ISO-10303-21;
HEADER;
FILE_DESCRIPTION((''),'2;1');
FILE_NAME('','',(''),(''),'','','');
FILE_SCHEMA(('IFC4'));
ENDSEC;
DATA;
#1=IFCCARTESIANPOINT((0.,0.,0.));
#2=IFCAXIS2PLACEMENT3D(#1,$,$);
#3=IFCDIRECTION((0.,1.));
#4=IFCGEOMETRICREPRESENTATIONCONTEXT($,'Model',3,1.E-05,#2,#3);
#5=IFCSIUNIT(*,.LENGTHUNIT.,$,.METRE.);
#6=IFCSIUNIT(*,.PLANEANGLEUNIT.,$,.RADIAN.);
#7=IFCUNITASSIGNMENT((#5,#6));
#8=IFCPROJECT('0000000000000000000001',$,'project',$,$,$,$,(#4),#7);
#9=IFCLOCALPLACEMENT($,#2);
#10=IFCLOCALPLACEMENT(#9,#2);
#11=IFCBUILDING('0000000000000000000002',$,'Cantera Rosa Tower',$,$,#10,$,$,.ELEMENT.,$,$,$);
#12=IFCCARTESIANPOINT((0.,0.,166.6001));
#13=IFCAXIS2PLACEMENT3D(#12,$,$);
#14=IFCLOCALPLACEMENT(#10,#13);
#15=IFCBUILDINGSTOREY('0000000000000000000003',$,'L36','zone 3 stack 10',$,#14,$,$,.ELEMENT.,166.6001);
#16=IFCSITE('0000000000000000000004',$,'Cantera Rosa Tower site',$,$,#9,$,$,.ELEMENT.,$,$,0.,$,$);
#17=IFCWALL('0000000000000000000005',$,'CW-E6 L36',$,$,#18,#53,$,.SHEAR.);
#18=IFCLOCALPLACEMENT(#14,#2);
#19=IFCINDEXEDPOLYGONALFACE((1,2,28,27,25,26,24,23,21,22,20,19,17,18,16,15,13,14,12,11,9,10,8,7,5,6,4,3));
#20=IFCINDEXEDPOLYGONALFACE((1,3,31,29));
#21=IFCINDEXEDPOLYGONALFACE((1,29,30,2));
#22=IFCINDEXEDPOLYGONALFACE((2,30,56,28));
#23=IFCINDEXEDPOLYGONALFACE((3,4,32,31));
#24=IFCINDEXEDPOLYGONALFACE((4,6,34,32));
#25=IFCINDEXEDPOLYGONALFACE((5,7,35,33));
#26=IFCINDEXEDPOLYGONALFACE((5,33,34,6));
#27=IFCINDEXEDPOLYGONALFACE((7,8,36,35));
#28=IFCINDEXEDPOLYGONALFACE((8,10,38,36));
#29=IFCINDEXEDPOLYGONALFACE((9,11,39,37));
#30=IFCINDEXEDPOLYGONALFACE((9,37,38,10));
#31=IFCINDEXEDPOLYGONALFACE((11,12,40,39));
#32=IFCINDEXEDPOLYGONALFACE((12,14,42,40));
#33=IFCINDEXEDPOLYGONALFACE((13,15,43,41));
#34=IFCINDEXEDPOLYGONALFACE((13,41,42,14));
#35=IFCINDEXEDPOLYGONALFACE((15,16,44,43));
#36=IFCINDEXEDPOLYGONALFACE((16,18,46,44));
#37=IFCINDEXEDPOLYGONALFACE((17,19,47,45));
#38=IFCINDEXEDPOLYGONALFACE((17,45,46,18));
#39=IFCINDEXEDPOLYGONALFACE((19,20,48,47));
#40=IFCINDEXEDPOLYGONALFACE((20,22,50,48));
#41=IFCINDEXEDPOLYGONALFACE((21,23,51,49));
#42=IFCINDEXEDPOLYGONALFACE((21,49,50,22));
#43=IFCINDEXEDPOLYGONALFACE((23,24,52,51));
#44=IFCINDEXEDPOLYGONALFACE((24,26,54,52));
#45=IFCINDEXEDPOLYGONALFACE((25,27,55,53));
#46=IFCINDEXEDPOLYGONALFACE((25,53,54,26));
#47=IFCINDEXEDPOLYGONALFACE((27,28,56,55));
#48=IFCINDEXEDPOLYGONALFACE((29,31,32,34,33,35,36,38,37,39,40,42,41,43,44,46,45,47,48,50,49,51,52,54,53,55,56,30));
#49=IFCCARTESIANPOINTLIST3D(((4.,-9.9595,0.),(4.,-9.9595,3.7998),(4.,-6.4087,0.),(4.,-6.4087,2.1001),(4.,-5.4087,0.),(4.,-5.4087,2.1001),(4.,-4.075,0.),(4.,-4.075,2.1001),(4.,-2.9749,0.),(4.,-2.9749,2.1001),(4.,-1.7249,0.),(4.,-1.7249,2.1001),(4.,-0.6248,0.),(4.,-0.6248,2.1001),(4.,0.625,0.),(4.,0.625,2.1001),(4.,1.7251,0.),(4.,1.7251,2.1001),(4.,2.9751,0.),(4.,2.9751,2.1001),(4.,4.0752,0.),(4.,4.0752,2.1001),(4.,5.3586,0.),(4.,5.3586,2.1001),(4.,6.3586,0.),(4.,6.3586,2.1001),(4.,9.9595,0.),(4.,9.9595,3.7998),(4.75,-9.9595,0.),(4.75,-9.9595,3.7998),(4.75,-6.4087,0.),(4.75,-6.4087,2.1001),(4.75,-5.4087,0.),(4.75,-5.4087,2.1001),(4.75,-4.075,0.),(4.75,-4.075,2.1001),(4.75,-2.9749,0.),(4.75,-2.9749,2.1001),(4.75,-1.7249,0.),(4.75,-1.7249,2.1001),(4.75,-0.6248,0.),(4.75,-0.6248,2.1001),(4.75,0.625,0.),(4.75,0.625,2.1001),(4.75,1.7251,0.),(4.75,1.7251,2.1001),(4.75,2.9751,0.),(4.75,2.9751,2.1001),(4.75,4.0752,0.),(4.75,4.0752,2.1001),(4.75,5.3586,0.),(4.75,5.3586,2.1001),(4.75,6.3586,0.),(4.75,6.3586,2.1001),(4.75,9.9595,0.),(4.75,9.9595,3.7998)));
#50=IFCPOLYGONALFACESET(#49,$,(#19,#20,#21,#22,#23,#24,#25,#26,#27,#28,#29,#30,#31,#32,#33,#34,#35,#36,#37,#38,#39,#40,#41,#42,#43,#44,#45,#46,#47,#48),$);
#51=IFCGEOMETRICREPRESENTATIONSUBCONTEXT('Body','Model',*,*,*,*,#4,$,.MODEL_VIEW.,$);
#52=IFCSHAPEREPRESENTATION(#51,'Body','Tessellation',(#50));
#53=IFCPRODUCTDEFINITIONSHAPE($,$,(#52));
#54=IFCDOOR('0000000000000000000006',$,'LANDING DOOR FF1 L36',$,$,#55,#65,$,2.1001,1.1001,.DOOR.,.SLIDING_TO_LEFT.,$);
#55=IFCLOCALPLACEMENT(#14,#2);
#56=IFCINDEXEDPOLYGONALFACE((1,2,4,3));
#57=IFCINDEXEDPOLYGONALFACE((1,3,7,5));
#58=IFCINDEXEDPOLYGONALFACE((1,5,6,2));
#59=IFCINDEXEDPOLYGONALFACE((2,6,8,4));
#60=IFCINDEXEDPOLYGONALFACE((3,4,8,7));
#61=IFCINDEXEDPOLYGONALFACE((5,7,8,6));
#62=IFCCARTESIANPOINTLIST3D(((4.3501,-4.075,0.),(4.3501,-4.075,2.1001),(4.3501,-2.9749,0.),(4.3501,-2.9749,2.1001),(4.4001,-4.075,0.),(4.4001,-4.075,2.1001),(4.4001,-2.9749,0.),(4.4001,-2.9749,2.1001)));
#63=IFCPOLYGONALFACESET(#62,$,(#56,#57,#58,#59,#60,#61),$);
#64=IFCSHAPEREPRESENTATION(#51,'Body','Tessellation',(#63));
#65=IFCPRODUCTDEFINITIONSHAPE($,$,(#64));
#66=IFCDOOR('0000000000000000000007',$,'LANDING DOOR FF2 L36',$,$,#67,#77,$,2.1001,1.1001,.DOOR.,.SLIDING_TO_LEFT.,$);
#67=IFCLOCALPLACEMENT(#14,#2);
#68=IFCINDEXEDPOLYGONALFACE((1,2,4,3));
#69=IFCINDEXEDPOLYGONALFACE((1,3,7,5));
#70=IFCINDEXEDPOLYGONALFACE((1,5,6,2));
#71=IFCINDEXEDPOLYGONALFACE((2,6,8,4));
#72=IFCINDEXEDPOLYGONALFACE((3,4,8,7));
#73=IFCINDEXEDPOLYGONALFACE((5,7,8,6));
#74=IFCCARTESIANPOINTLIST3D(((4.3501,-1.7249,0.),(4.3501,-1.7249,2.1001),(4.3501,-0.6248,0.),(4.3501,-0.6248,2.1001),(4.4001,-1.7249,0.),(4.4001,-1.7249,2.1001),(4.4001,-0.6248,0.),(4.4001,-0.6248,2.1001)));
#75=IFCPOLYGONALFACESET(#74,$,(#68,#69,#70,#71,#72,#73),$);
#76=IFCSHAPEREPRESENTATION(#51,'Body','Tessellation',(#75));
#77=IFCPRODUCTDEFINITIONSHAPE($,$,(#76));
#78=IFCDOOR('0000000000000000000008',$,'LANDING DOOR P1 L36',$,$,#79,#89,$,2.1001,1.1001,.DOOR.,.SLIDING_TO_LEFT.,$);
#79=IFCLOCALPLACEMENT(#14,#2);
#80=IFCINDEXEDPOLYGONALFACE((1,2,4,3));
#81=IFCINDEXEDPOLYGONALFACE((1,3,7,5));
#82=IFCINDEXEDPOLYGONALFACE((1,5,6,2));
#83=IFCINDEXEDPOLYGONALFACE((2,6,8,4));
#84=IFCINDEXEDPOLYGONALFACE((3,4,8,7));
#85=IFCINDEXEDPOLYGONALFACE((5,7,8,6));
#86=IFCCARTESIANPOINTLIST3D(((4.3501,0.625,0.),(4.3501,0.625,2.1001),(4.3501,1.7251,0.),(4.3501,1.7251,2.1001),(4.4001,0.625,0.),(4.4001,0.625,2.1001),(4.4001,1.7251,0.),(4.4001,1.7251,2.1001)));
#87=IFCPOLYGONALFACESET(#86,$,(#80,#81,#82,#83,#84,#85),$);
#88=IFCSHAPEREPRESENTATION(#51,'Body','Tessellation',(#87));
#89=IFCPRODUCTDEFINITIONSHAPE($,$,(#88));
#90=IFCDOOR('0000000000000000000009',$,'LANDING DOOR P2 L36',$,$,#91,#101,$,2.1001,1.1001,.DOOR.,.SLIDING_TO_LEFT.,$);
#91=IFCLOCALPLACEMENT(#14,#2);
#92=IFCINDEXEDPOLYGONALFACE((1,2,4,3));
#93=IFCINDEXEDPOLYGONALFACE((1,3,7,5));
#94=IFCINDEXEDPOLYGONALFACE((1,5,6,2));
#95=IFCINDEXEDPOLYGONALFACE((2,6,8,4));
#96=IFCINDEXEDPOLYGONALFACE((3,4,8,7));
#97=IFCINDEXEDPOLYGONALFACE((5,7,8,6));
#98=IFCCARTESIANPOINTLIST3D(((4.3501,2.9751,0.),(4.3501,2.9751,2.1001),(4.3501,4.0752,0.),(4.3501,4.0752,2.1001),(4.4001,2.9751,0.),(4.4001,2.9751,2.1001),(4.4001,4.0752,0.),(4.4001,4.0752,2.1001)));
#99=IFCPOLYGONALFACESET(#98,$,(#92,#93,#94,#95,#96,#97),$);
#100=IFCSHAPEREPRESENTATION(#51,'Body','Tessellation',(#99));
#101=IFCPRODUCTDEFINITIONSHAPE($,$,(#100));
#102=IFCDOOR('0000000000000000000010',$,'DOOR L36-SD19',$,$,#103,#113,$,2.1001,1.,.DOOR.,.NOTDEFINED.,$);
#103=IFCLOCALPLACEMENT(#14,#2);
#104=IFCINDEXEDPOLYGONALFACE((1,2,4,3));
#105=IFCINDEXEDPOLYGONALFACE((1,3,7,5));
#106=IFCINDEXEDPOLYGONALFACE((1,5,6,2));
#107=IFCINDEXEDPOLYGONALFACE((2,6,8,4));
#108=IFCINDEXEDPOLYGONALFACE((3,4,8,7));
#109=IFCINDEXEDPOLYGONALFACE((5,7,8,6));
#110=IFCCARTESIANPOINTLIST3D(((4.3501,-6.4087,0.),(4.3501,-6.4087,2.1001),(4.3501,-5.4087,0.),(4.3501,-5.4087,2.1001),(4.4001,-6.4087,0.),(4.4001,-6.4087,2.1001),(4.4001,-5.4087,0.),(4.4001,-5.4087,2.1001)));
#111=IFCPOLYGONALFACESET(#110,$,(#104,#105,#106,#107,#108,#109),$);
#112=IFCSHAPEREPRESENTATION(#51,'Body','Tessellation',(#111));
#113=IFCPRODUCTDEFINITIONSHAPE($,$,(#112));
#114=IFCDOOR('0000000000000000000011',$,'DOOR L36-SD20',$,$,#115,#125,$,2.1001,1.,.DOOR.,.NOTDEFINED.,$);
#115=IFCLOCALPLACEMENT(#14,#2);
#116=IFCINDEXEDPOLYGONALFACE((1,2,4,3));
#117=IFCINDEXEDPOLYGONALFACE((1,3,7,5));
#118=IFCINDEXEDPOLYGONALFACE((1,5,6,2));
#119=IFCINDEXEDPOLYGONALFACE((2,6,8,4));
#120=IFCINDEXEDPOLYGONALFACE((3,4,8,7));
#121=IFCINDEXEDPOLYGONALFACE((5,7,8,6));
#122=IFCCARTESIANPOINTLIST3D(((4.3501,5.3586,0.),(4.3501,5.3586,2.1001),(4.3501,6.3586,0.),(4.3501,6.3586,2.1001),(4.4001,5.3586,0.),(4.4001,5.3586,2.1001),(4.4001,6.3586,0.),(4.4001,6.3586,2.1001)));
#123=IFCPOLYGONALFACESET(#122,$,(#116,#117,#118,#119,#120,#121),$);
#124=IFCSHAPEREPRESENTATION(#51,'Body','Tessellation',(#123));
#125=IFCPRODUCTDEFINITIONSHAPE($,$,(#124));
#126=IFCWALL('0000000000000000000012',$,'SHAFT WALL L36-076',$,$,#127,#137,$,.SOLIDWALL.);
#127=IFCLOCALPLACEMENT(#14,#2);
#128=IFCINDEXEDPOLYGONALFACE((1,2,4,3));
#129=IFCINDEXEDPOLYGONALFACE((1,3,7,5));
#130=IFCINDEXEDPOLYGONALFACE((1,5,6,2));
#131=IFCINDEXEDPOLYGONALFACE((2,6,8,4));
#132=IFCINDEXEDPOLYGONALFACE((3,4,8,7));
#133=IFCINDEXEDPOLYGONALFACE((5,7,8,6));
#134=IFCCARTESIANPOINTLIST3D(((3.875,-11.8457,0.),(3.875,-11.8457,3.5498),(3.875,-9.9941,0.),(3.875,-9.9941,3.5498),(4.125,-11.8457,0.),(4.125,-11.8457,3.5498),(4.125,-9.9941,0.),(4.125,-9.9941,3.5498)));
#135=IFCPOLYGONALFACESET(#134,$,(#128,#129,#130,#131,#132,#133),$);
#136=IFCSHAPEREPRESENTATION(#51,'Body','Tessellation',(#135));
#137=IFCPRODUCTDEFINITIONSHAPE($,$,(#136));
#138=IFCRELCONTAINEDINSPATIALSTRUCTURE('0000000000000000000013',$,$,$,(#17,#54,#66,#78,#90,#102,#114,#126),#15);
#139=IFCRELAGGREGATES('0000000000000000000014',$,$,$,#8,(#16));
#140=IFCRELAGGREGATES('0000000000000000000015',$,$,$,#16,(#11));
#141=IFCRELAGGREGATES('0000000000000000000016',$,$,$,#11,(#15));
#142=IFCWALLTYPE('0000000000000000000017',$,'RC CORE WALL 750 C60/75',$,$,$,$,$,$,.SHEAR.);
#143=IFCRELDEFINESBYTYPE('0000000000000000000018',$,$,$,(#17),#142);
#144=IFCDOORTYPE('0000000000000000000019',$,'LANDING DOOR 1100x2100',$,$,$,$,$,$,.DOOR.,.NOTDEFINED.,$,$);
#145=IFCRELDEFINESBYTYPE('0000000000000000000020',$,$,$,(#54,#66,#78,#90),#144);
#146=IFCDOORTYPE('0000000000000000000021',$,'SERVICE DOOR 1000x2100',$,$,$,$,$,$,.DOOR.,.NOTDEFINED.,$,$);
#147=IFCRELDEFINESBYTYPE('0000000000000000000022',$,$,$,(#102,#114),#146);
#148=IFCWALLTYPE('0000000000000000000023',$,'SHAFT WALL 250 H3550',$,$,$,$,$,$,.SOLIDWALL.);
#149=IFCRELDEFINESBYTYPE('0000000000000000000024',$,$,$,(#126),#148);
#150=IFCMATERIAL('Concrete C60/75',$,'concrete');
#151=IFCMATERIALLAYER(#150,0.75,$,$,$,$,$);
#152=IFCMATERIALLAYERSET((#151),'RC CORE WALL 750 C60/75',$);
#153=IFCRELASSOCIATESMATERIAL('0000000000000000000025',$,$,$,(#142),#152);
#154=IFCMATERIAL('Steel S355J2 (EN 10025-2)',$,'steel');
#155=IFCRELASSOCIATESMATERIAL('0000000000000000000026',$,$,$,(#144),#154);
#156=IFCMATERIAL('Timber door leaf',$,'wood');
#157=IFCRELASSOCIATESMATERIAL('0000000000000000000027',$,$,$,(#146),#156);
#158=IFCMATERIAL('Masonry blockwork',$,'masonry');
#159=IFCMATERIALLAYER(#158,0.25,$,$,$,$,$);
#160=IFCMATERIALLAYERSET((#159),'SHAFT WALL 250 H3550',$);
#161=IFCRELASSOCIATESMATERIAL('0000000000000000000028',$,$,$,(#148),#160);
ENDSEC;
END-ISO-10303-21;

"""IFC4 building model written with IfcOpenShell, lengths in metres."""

from ifc_helpers import new_model, si_unit, direction, frame, frame_2d, origin, place, context, subcontext, project, spatial, rectangle, extrude, material, layer, layer_set, type_object, element, fill, save


model = new_model("IFC4")

# Units and contexts
model_context = context("Model", 3, precision=1e-05, world=origin(), true_north=direction((0.0, 1.0)))
body_context = subcontext(model_context, "Body", "Model", "MODEL_VIEW")
ifc_project = project(units=[si_unit("LENGTHUNIT", "METRE"), si_unit("PLANEANGLEUNIT", "RADIAN")], contexts=[model_context])

# Site, building, storey
site_placement = place(None, origin())
site = spatial("IfcSite", under=ifc_project, at=site_placement, Name="Cantera Rosa Tower site", CompositionType="ELEMENT", RefElevation=0.0)
building_placement = place(site_placement, origin())
building = spatial("IfcBuilding", under=site, at=building_placement, Name="Cantera Rosa Tower", CompositionType="ELEMENT")
storey_placement = place(building_placement, frame((0.0, 0.0, 166.6001)))
storey = spatial("IfcBuildingStorey", under=building, at=storey_placement, Name="L36", Description="zone 3 stack 10", CompositionType="ELEMENT", Elevation=166.6001)

# Shared definitions
ifc_material_1 = material(Name="Concrete C60/75", Category="concrete")
ifc_layer_1 = layer(ifc_material_1, 0.75)
ifc_layer_set_1 = layer_set([ifc_layer_1], Name="RC CORE WALL 750 C60/75")
wall_type_1 = type_object("IfcWallType", Name="RC CORE WALL 750 C60/75", PredefinedType="SHEAR", material=ifc_layer_set_1)

# Wall, openings, doors
wall_1_placement = place(storey_placement, frame((4.375, -9.9595, 0.0), z_axis=(0.0, 0.0, 1.0), x_axis=(0.0, 1.0, 0.0)))
wall_1 = element("IfcWall", 1, at=wall_1_placement, inside=storey, type_object=wall_type_1, Name="CW-E6 L36", PredefinedType="SHEAR", context=body_context, shape_type="SweptSolid", body=[
    extrude(rectangle(XDim=19.9189, YDim=0.75, at=frame_2d((9.9595, 0.0))), origin(), (0.0, 0.0, 1.0), 3.7998),
])
opening_1_placement = place(wall_1_placement, frame((5.8845, 0.0, 0.0)))
opening_1 = element("IfcOpeningElement", 2, at=opening_1_placement, cuts=wall_1, PredefinedType="OPENING", context=body_context, shape_type="SweptSolid", body=[
    extrude(rectangle(XDim=1.1001, YDim=2.1001, at=frame_2d((0.55, 1.05))), frame((0.0, 0.385, 0.0), z_axis=(0.0, -1.0, 0.0), x_axis=(1.0, 0.0, 0.0)), (0.0, 0.0, 1.0), 0.77),
])
opening_2_placement = place(wall_1_placement, frame((8.2346, 0.0, 0.0)))
opening_2 = element("IfcOpeningElement", 3, at=opening_2_placement, cuts=wall_1, PredefinedType="OPENING", context=body_context, shape_type="SweptSolid", body=[
    extrude(rectangle(XDim=1.1001, YDim=2.1001, at=frame_2d((0.55, 1.05))), frame((0.0, 0.385, 0.0), z_axis=(0.0, -1.0, 0.0), x_axis=(1.0, 0.0, 0.0)), (0.0, 0.0, 1.0), 0.77),
])
opening_3_placement = place(wall_1_placement, frame((10.5845, 0.0, 0.0)))
opening_3 = element("IfcOpeningElement", 4, at=opening_3_placement, cuts=wall_1, PredefinedType="OPENING", context=body_context, shape_type="SweptSolid", body=[
    extrude(rectangle(XDim=1.1001, YDim=2.1001, at=frame_2d((0.55, 1.05))), frame((0.0, 0.385, 0.0), z_axis=(0.0, -1.0, 0.0), x_axis=(1.0, 0.0, 0.0)), (0.0, 0.0, 1.0), 0.77),
])
opening_4_placement = place(wall_1_placement, frame((12.9346, 0.0, 0.0)))
opening_4 = element("IfcOpeningElement", 5, at=opening_4_placement, cuts=wall_1, PredefinedType="OPENING", context=body_context, shape_type="SweptSolid", body=[
    extrude(rectangle(XDim=1.1001, YDim=2.1001, at=frame_2d((0.55, 1.05))), frame((0.0, 0.385, 0.0), z_axis=(0.0, -1.0, 0.0), x_axis=(1.0, 0.0, 0.0)), (0.0, 0.0, 1.0), 0.77),
])
opening_5_placement = place(wall_1_placement, frame((3.5508, 0.0, 0.0)))
opening_5 = element("IfcOpeningElement", 6, at=opening_5_placement, cuts=wall_1, PredefinedType="OPENING", context=body_context, shape_type="SweptSolid", body=[
    extrude(rectangle(XDim=1.0, YDim=2.1001, at=frame_2d((0.5, 1.05))), frame((0.0, 0.385, 0.0), z_axis=(0.0, -1.0, 0.0), x_axis=(1.0, 0.0, 0.0)), (0.0, 0.0, 1.0), 0.77),
])
opening_6_placement = place(wall_1_placement, frame((15.3181, 0.0, 0.0)))
opening_6 = element("IfcOpeningElement", 7, at=opening_6_placement, cuts=wall_1, PredefinedType="OPENING", context=body_context, shape_type="SweptSolid", body=[
    extrude(rectangle(XDim=1.0, YDim=2.1001, at=frame_2d((0.5, 1.05))), frame((0.0, 0.385, 0.0), z_axis=(0.0, -1.0, 0.0), x_axis=(1.0, 0.0, 0.0)), (0.0, 0.0, 1.0), 0.77),
])
ifc_material_2 = material(Name="Steel S355J2 (EN 10025-2)", Category="steel")
door_type_1 = type_object("IfcDoorType", Name="LANDING DOOR 1100x2100", OperationType="NOTDEFINED", PredefinedType="DOOR", material=ifc_material_2)
door_1_placement = place(opening_1_placement, origin())
door_1 = element("IfcDoor", 8, at=door_1_placement, inside=storey, type_object=door_type_1, Name="LANDING DOOR FF1 L36", OperationType="SLIDING_TO_LEFT", OverallHeight=2.1001, OverallWidth=1.1001, PredefinedType="DOOR", context=body_context, shape_type="SweptSolid", body=[
    extrude(rectangle(XDim=1.1001, YDim=2.1001, at=frame_2d((0.55, 1.05))), frame((0.0, 0.0249, 0.0), z_axis=(0.0, -1.0, 0.0), x_axis=(1.0, 0.0, 0.0)), (0.0, 0.0, 1.0), 0.05),
])
fill(opening_1, door_1)
door_2_placement = place(opening_2_placement, origin())
door_2 = element("IfcDoor", 9, at=door_2_placement, inside=storey, type_object=door_type_1, Name="LANDING DOOR FF2 L36", OperationType="SLIDING_TO_LEFT", OverallHeight=2.1001, OverallWidth=1.1001, PredefinedType="DOOR", context=body_context, shape_type="SweptSolid", body=[
    extrude(rectangle(XDim=1.1001, YDim=2.1001, at=frame_2d((0.55, 1.05))), frame((0.0, 0.0249, 0.0), z_axis=(0.0, -1.0, 0.0), x_axis=(1.0, 0.0, 0.0)), (0.0, 0.0, 1.0), 0.05),
])
fill(opening_2, door_2)
door_3_placement = place(opening_3_placement, origin())
door_3 = element("IfcDoor", 10, at=door_3_placement, inside=storey, type_object=door_type_1, Name="LANDING DOOR P1 L36", OperationType="SLIDING_TO_LEFT", OverallHeight=2.1001, OverallWidth=1.1001, PredefinedType="DOOR", context=body_context, shape_type="SweptSolid", body=[
    extrude(rectangle(XDim=1.1001, YDim=2.1001, at=frame_2d((0.55, 1.05))), frame((0.0, 0.0249, 0.0), z_axis=(0.0, -1.0, 0.0), x_axis=(1.0, 0.0, 0.0)), (0.0, 0.0, 1.0), 0.05),
])
fill(opening_3, door_3)
door_4_placement = place(opening_4_placement, origin())
door_4 = element("IfcDoor", 11, at=door_4_placement, inside=storey, type_object=door_type_1, Name="LANDING DOOR P2 L36", OperationType="SLIDING_TO_LEFT", OverallHeight=2.1001, OverallWidth=1.1001, PredefinedType="DOOR", context=body_context, shape_type="SweptSolid", body=[
    extrude(rectangle(XDim=1.1001, YDim=2.1001, at=frame_2d((0.55, 1.05))), frame((0.0, 0.0249, 0.0), z_axis=(0.0, -1.0, 0.0), x_axis=(1.0, 0.0, 0.0)), (0.0, 0.0, 1.0), 0.05),
])
fill(opening_4, door_4)
ifc_material_3 = material(Name="Timber door leaf", Category="wood")
door_type_2 = type_object("IfcDoorType", Name="SERVICE DOOR 1000x2100", OperationType="NOTDEFINED", PredefinedType="DOOR", material=ifc_material_3)
door_5_placement = place(opening_5_placement, origin())
door_5 = element("IfcDoor", 12, at=door_5_placement, inside=storey, type_object=door_type_2, Name="DOOR L36-SD19", OperationType="NOTDEFINED", OverallHeight=2.1001, OverallWidth=1.0, PredefinedType="DOOR", context=body_context, shape_type="SweptSolid", body=[
    extrude(rectangle(XDim=1.0, YDim=2.1001, at=frame_2d((0.5, 1.05))), frame((0.0, 0.0249, 0.0), z_axis=(0.0, -1.0, 0.0), x_axis=(1.0, 0.0, 0.0)), (0.0, 0.0, 1.0), 0.05),
])
fill(opening_5, door_5)
door_6_placement = place(opening_6_placement, origin())
door_6 = element("IfcDoor", 13, at=door_6_placement, inside=storey, type_object=door_type_2, Name="DOOR L36-SD20", OperationType="NOTDEFINED", OverallHeight=2.1001, OverallWidth=1.0, PredefinedType="DOOR", context=body_context, shape_type="SweptSolid", body=[
    extrude(rectangle(XDim=1.0, YDim=2.1001, at=frame_2d((0.5, 1.05))), frame((0.0, 0.0249, 0.0), z_axis=(0.0, -1.0, 0.0), x_axis=(1.0, 0.0, 0.0)), (0.0, 0.0, 1.0), 0.05),
])
fill(opening_6, door_6)

# Wall
ifc_material_4 = material(Name="Masonry blockwork", Category="masonry")
ifc_layer_2 = layer(ifc_material_4, 0.25)
ifc_layer_set_2 = layer_set([ifc_layer_2], Name="SHAFT WALL 250 H3550")
wall_type_2 = type_object("IfcWallType", Name="SHAFT WALL 250 H3550", PredefinedType="SOLIDWALL", material=ifc_layer_set_2)
wall_2_placement = place(storey_placement, frame((4.0, -11.8457, 0.0), z_axis=(0.0, 0.0, 1.0), x_axis=(0.0, 1.0, 0.0)))
element("IfcWall", 14, at=wall_2_placement, inside=storey, type_object=wall_type_2, Name="SHAFT WALL L36-076", PredefinedType="SOLIDWALL", context=body_context, shape_type="SweptSolid", body=[
    extrude(rectangle(XDim=1.8516, YDim=0.25, at=frame_2d((0.9258, 0.0))), origin(), (0.0, 0.0, 1.0), 3.5498),
])

save(model, "model.ifc")
